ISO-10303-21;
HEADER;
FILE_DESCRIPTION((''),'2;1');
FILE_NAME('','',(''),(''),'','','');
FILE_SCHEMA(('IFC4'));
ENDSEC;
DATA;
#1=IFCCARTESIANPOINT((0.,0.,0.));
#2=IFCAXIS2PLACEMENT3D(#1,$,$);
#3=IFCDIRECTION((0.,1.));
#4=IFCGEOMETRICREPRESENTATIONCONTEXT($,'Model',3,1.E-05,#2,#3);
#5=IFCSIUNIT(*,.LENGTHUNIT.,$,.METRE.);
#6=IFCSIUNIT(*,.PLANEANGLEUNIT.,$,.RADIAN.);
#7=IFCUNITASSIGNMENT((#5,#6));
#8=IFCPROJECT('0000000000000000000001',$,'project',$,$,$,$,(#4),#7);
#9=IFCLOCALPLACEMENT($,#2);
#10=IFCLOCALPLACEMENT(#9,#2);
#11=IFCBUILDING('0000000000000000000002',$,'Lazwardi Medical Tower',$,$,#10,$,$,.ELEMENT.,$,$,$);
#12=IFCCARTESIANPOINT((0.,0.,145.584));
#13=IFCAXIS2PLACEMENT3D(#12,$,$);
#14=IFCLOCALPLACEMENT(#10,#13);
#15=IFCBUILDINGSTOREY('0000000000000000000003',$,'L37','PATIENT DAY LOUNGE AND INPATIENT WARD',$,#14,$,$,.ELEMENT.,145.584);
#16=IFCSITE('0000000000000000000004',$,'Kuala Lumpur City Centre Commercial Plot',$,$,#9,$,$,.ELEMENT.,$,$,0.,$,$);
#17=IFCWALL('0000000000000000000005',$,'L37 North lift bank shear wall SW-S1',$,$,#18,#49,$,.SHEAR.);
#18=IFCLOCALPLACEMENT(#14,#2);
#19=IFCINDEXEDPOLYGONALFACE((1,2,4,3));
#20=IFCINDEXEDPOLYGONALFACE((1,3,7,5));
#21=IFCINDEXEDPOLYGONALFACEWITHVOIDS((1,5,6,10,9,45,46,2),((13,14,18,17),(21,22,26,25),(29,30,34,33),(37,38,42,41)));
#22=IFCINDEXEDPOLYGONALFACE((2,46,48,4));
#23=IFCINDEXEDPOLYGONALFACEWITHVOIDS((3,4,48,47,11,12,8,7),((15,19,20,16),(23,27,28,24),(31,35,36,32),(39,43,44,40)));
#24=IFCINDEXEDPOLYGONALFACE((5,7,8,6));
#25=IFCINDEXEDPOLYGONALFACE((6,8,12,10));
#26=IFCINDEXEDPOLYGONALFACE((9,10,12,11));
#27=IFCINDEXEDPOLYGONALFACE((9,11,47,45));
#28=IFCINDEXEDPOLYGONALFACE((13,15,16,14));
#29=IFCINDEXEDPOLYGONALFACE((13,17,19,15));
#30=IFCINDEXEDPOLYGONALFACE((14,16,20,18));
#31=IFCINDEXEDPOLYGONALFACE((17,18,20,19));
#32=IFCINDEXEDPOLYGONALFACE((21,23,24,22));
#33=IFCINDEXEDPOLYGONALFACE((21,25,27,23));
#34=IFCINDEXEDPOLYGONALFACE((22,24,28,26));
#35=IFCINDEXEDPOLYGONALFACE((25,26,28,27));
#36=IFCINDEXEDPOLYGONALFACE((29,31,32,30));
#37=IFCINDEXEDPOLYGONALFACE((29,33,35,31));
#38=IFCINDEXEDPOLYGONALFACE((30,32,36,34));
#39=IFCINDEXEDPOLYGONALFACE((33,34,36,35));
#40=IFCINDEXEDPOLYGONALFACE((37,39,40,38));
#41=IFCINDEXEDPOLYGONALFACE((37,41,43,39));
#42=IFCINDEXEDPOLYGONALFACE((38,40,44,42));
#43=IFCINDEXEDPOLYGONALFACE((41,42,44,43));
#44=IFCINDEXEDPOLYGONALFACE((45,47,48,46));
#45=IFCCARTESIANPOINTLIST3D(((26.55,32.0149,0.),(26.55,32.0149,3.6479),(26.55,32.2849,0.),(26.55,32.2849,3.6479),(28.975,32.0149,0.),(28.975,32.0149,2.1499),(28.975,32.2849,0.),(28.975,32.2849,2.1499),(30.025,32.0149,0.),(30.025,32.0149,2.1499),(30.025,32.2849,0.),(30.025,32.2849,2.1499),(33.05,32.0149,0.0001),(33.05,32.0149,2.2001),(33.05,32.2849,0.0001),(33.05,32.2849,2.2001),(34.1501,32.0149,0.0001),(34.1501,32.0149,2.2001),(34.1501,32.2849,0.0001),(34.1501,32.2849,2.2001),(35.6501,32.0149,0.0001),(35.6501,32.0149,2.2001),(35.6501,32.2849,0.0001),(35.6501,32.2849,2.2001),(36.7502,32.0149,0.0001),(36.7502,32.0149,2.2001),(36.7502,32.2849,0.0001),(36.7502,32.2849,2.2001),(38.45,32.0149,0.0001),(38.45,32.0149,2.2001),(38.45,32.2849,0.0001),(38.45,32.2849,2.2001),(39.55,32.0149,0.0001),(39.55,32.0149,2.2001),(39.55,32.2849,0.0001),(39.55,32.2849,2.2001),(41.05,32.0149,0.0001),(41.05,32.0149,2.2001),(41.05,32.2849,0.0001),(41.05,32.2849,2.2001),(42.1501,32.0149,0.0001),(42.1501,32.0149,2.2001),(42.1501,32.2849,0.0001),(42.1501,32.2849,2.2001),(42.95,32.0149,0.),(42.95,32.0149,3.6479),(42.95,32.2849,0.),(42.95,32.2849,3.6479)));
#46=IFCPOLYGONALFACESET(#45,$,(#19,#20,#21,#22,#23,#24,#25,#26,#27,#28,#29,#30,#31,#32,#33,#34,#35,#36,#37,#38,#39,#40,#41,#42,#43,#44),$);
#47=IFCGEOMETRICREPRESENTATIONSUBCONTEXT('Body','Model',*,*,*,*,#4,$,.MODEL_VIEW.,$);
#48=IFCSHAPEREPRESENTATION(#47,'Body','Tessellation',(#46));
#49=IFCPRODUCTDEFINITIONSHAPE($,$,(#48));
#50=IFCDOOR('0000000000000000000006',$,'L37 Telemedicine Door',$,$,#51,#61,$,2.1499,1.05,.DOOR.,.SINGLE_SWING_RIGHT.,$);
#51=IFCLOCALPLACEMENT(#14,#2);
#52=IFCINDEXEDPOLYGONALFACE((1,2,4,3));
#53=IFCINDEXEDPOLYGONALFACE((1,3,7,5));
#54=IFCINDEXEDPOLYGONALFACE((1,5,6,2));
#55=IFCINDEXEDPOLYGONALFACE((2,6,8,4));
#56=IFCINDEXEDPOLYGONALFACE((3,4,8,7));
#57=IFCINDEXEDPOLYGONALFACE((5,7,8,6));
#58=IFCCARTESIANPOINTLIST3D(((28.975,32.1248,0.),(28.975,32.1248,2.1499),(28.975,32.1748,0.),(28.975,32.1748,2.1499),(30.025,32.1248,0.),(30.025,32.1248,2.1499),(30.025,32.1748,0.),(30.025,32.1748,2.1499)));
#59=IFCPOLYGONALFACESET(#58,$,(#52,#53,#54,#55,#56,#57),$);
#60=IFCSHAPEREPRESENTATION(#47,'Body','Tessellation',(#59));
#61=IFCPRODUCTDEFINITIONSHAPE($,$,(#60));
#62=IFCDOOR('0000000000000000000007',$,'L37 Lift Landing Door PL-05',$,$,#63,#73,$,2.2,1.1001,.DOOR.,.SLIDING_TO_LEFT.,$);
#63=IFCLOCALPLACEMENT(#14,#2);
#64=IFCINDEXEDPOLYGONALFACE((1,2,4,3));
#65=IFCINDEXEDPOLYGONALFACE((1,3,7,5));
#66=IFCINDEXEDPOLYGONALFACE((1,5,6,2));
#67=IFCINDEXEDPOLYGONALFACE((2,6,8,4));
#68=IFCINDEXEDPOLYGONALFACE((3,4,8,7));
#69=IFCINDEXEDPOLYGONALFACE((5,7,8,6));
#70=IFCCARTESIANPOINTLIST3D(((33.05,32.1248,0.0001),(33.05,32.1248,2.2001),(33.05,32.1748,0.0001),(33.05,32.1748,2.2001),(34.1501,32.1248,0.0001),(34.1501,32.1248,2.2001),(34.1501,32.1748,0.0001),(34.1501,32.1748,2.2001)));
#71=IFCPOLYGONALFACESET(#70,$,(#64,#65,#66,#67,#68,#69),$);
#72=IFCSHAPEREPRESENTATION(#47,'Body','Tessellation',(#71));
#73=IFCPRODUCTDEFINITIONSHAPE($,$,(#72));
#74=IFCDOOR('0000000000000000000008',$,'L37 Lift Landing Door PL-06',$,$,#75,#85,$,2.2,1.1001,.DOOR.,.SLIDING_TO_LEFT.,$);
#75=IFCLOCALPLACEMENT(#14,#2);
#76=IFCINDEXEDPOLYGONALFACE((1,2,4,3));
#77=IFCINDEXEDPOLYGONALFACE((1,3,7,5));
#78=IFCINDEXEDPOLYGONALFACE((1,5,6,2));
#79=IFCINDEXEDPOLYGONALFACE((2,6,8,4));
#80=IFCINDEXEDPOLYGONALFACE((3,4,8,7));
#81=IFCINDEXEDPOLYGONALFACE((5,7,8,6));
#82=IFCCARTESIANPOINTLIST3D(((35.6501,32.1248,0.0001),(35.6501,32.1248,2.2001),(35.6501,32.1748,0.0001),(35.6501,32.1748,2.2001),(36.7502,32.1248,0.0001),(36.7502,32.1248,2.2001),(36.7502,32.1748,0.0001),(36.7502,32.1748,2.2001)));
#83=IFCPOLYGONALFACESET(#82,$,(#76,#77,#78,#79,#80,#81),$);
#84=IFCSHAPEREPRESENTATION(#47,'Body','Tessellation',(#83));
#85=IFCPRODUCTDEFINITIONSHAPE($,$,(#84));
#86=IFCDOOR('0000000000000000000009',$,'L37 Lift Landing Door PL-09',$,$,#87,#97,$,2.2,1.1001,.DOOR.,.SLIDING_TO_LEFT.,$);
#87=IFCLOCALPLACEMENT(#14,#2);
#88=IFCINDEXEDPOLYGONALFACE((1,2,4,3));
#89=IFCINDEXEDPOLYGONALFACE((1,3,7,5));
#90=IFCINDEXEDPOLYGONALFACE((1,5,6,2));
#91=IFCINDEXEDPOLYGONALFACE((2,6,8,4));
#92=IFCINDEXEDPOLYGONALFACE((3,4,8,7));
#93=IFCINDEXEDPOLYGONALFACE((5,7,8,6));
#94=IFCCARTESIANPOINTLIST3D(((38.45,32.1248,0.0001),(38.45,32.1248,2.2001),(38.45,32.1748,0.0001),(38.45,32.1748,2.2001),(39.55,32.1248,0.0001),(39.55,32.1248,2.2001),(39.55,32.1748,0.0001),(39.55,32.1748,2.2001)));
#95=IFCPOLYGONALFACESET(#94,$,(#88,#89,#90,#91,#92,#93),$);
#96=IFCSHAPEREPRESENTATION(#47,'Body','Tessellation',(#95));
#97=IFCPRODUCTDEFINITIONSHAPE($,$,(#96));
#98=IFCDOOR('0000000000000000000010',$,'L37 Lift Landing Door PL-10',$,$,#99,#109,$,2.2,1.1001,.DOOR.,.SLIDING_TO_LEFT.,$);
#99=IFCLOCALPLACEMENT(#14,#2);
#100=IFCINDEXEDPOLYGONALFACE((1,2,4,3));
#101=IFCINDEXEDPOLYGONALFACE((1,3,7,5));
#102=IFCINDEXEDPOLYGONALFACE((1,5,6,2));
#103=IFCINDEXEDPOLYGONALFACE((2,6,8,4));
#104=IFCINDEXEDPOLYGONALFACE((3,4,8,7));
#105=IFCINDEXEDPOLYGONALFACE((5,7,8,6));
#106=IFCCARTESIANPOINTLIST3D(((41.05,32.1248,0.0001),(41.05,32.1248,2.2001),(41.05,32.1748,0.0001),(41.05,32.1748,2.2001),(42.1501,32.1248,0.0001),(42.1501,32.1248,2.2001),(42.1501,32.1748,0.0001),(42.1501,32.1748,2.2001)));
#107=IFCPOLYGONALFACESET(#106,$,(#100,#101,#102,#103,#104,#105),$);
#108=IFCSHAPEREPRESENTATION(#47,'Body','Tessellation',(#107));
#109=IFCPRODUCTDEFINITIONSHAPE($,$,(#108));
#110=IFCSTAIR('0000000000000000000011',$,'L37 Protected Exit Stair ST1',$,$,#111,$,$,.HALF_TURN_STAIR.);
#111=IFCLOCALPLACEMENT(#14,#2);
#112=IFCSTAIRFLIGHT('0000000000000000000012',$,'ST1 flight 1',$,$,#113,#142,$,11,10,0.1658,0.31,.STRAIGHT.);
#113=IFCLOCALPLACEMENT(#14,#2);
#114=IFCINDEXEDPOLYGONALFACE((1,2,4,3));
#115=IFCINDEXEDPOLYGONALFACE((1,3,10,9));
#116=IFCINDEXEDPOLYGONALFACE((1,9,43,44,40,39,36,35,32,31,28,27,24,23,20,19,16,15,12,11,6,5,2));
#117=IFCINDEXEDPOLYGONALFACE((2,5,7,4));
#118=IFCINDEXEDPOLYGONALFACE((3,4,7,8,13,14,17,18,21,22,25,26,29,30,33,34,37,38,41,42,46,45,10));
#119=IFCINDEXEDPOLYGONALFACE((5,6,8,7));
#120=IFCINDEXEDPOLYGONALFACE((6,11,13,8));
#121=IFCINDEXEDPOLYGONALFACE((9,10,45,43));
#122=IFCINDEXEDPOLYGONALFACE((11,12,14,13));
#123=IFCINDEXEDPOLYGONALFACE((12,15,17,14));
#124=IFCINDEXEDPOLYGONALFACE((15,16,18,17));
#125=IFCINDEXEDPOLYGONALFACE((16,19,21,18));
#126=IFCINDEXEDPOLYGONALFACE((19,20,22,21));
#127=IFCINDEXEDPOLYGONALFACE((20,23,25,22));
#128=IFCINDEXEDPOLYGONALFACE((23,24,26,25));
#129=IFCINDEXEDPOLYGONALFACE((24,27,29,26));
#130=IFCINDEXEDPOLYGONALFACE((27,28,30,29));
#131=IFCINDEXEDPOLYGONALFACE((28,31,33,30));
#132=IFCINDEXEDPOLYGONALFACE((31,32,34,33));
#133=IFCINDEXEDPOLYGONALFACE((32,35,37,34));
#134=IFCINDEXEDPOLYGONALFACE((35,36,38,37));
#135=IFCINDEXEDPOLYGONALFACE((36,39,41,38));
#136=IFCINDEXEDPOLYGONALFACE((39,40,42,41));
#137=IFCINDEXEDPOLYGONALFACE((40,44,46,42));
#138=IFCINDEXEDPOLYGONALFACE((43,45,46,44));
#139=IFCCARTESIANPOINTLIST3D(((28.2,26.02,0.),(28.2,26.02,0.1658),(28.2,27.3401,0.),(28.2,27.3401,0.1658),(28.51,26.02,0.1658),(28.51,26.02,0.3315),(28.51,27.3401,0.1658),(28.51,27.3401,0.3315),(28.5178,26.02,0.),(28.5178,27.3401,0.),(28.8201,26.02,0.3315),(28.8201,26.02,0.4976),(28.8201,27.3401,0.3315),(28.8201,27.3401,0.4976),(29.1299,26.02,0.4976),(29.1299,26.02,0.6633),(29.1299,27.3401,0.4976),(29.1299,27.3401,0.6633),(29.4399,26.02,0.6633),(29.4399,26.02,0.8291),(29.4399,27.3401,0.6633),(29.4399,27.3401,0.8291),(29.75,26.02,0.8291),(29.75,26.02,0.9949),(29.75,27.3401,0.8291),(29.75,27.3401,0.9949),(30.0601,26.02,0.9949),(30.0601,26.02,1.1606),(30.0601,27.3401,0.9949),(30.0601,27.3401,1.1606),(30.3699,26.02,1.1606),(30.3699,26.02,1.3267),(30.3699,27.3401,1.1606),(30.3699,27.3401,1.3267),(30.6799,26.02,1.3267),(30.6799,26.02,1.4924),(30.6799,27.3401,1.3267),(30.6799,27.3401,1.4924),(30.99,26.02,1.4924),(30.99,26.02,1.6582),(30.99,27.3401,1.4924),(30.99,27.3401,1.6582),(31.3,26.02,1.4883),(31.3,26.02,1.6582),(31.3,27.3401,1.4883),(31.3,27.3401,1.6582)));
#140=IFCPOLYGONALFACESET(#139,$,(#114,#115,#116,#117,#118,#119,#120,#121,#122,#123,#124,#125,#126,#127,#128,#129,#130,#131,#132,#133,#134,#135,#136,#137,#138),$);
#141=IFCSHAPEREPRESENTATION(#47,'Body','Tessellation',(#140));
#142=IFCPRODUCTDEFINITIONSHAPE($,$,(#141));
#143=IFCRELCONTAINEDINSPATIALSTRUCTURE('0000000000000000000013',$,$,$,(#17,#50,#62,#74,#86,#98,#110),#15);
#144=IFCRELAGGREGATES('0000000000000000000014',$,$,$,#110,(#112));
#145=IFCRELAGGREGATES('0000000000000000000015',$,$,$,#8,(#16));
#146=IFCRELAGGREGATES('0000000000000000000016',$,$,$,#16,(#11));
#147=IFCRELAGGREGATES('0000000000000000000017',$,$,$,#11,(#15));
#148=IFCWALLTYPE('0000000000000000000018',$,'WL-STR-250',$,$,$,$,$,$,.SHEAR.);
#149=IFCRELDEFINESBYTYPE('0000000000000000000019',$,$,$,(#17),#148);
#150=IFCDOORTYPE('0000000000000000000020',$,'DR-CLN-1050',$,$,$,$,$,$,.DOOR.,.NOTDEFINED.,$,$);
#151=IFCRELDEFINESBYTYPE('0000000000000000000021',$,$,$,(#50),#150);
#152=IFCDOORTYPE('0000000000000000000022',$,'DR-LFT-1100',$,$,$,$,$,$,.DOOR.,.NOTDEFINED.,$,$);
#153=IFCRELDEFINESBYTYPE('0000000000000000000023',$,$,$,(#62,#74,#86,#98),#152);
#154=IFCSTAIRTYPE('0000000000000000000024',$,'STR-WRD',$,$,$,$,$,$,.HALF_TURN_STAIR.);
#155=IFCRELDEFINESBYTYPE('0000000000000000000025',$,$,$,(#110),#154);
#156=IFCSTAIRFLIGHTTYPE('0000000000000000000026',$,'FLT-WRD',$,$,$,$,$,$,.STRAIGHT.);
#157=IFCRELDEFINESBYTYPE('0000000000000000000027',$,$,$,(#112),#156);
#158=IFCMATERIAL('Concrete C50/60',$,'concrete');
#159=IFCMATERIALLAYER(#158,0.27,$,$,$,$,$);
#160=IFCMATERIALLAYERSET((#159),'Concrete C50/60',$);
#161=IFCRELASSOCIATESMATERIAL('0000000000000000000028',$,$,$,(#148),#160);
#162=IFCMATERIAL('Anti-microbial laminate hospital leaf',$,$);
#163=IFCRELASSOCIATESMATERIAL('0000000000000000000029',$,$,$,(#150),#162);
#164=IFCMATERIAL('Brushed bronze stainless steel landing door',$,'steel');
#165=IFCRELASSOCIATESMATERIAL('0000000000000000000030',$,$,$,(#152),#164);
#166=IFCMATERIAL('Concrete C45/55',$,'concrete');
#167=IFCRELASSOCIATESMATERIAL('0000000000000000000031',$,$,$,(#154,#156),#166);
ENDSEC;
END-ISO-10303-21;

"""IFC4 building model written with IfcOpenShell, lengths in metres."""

from ifc_helpers import new_model, si_unit, direction, frame, frame_2d, origin, place, context, subcontext, project, spatial, polyline, rectangle, outline, extrude, material, layer, layer_set, type_object, element, fill, aggregate, save


model = new_model("IFC4")

# Units and contexts
model_context = context("Model", 3, precision=1e-05, world=origin(), true_north=direction((0.0, 1.0)))
body_context = subcontext(model_context, "Body", "Model", "MODEL_VIEW")
ifc_project = project(units=[si_unit("LENGTHUNIT", "METRE"), si_unit("PLANEANGLEUNIT", "RADIAN")], contexts=[model_context])

# Site, building, storey
site_placement = place(None, origin())
site = spatial("IfcSite", under=ifc_project, at=site_placement, Name="Kuala Lumpur City Centre Commercial Plot", CompositionType="ELEMENT", RefElevation=0.0)
building_placement = place(site_placement, origin())
building = spatial("IfcBuilding", under=site, at=building_placement, Name="Lazwardi Medical Tower", CompositionType="ELEMENT")
storey_placement = place(building_placement, frame((0.0, 0.0, 145.584)))
storey = spatial("IfcBuildingStorey", under=building, at=storey_placement, Name="L37", Description="PATIENT DAY LOUNGE AND INPATIENT WARD", CompositionType="ELEMENT", Elevation=145.584)

# Shared definitions
ifc_material_1 = material(Name="Anti-microbial laminate hospital leaf")

# Shared definitions
ifc_material_2 = material(Name="Concrete C50/60", Category="concrete")
ifc_layer_1 = layer(ifc_material_2, 0.27)
ifc_layer_set_1 = layer_set([ifc_layer_1], Name="Concrete C50/60")
wall_type_1 = type_object("IfcWallType", Name="WL-STR-250", PredefinedType="SHEAR", material=ifc_layer_set_1)

# Wall, openings, doors
wall_1_placement = place(storey_placement, frame((26.55, 32.1499, 0.0), z_axis=(0.0, 0.0, 1.0), x_axis=(1.0, 0.0, 0.0)))
wall_1 = element("IfcWall", 1, at=wall_1_placement, inside=storey, type_object=wall_type_1, Name="L37 North lift bank shear wall SW-S1", PredefinedType="SHEAR", context=body_context, shape_type="SweptSolid", body=[
    extrude(rectangle(XDim=16.3999, YDim=0.27, at=frame_2d((8.2, 0.0))), origin(), (0.0, 0.0, 1.0), 3.6479),
])
opening_1_placement = place(wall_1_placement, frame((2.425, 0.0, 0.0)))
opening_1 = element("IfcOpeningElement", 2, at=opening_1_placement, cuts=wall_1, PredefinedType="OPENING", context=body_context, shape_type="SweptSolid", body=[
    extrude(rectangle(XDim=1.05, YDim=2.1499, at=frame_2d((0.5249, 1.075))), frame((0.0, 0.145, 0.0), z_axis=(0.0, -1.0, 0.0), x_axis=(1.0, 0.0, 0.0)), (0.0, 0.0, 1.0), 0.29),
])
opening_2_placement = place(wall_1_placement, frame((6.5, 0.0, 0.0)))
opening_2 = element("IfcOpeningElement", 3, at=opening_2_placement, cuts=wall_1, PredefinedType="OPENING", context=body_context, shape_type="SweptSolid", body=[
    extrude(rectangle(XDim=1.1001, YDim=2.2, at=frame_2d((0.55, 1.1001))), frame((0.0, 0.145, 0.0), z_axis=(0.0, -1.0, 0.0), x_axis=(1.0, 0.0, 0.0)), (0.0, 0.0, 1.0), 0.29),
])
opening_3_placement = place(wall_1_placement, frame((9.1001, 0.0, 0.0)))
opening_3 = element("IfcOpeningElement", 4, at=opening_3_placement, cuts=wall_1, PredefinedType="OPENING", context=body_context, shape_type="SweptSolid", body=[
    extrude(rectangle(XDim=1.1001, YDim=2.2, at=frame_2d((0.55, 1.1001))), frame((0.0, 0.145, 0.0), z_axis=(0.0, -1.0, 0.0), x_axis=(1.0, 0.0, 0.0)), (0.0, 0.0, 1.0), 0.29),
])
opening_4_placement = place(wall_1_placement, frame((11.8999, 0.0, 0.0)))
opening_4 = element("IfcOpeningElement", 5, at=opening_4_placement, cuts=wall_1, PredefinedType="OPENING", context=body_context, shape_type="SweptSolid", body=[
    extrude(rectangle(XDim=1.1001, YDim=2.2, at=frame_2d((0.55, 1.1001))), frame((0.0, 0.145, 0.0), z_axis=(0.0, -1.0, 0.0), x_axis=(1.0, 0.0, 0.0)), (0.0, 0.0, 1.0), 0.29),
])
opening_5_placement = place(wall_1_placement, frame((14.5, 0.0, 0.0)))
opening_5 = element("IfcOpeningElement", 6, at=opening_5_placement, cuts=wall_1, PredefinedType="OPENING", context=body_context, shape_type="SweptSolid", body=[
    extrude(rectangle(XDim=1.1001, YDim=2.2, at=frame_2d((0.55, 1.1001))), frame((0.0, 0.145, 0.0), z_axis=(0.0, -1.0, 0.0), x_axis=(1.0, 0.0, 0.0)), (0.0, 0.0, 1.0), 0.29),
])
door_type_1 = type_object("IfcDoorType", Name="DR-CLN-1050", OperationType="NOTDEFINED", PredefinedType="DOOR", material=ifc_material_1)
door_1_placement = place(opening_1_placement, origin())
door_1 = element("IfcDoor", 7, at=door_1_placement, inside=storey, type_object=door_type_1, Name="L37 Telemedicine Door", OperationType="SINGLE_SWING_RIGHT", OverallHeight=2.1499, OverallWidth=1.05, PredefinedType="DOOR", context=body_context, shape_type="SweptSolid", body=[
    extrude(rectangle(XDim=1.05, YDim=2.1499, at=frame_2d((0.5249, 1.075))), frame((0.0, 0.0249, 0.0), z_axis=(0.0, -1.0, 0.0), x_axis=(1.0, 0.0, 0.0)), (0.0, 0.0, 1.0), 0.05),
])
fill(opening_1, door_1)
ifc_material_3 = material(Name="Brushed bronze stainless steel landing door", Category="steel")
door_type_2 = type_object("IfcDoorType", Name="DR-LFT-1100", OperationType="NOTDEFINED", PredefinedType="DOOR", material=ifc_material_3)
door_2_placement = place(opening_2_placement, origin())
door_2 = element("IfcDoor", 8, at=door_2_placement, inside=storey, type_object=door_type_2, Name="L37 Lift Landing Door PL-05", OperationType="SLIDING_TO_LEFT", OverallHeight=2.2, OverallWidth=1.1001, PredefinedType="DOOR", context=body_context, shape_type="SweptSolid", body=[
    extrude(rectangle(XDim=1.1001, YDim=2.2, at=frame_2d((0.55, 1.1001))), frame((0.0, 0.0249, 0.0), z_axis=(0.0, -1.0, 0.0), x_axis=(1.0, 0.0, 0.0)), (0.0, 0.0, 1.0), 0.05),
])
fill(opening_2, door_2)
door_3_placement = place(opening_3_placement, origin())
door_3 = element("IfcDoor", 9, at=door_3_placement, inside=storey, type_object=door_type_2, Name="L37 Lift Landing Door PL-06", OperationType="SLIDING_TO_LEFT", OverallHeight=2.2, OverallWidth=1.1001, PredefinedType="DOOR", context=body_context, shape_type="SweptSolid", body=[
    extrude(rectangle(XDim=1.1001, YDim=2.2, at=frame_2d((0.55, 1.1001))), frame((0.0, 0.0249, 0.0), z_axis=(0.0, -1.0, 0.0), x_axis=(1.0, 0.0, 0.0)), (0.0, 0.0, 1.0), 0.05),
])
fill(opening_3, door_3)
door_4_placement = place(opening_4_placement, origin())
door_4 = element("IfcDoor", 10, at=door_4_placement, inside=storey, type_object=door_type_2, Name="L37 Lift Landing Door PL-09", OperationType="SLIDING_TO_LEFT", OverallHeight=2.2, OverallWidth=1.1001, PredefinedType="DOOR", context=body_context, shape_type="SweptSolid", body=[
    extrude(rectangle(XDim=1.1001, YDim=2.2, at=frame_2d((0.55, 1.1001))), frame((0.0, 0.0249, 0.0), z_axis=(0.0, -1.0, 0.0), x_axis=(1.0, 0.0, 0.0)), (0.0, 0.0, 1.0), 0.05),
])
fill(opening_4, door_4)
door_5_placement = place(opening_5_placement, origin())
door_5 = element("IfcDoor", 11, at=door_5_placement, inside=storey, type_object=door_type_2, Name="L37 Lift Landing Door PL-10", OperationType="SLIDING_TO_LEFT", OverallHeight=2.2, OverallWidth=1.1001, PredefinedType="DOOR", context=body_context, shape_type="SweptSolid", body=[
    extrude(rectangle(XDim=1.1001, YDim=2.2, at=frame_2d((0.55, 1.1001))), frame((0.0, 0.0249, 0.0), z_axis=(0.0, -1.0, 0.0), x_axis=(1.0, 0.0, 0.0)), (0.0, 0.0, 1.0), 0.05),
])
fill(opening_5, door_5)

# Stair, stair flight
ifc_material_4 = material(Name="Concrete C45/55", Category="concrete")
stair_type = type_object("IfcStairType", Name="STR-WRD", PredefinedType="HALF_TURN_STAIR", material=ifc_material_4)
stair_placement = place(storey_placement, origin())
stair = element("IfcStair", 12, at=stair_placement, inside=storey, type_object=stair_type, Name="L37 Protected Exit Stair ST1", PredefinedType="HALF_TURN_STAIR")
stair_flight_type = type_object("IfcStairFlightType", Name="FLT-WRD", PredefinedType="STRAIGHT", material=ifc_material_4)
stair_flight_1_placement = place(storey_placement, frame((28.2, 26.6799, 0.0), z_axis=(0.0, 0.0, 1.0), x_axis=(1.0, 0.0, 0.0)))
stair_flight_1 = element("IfcStairFlight", 13, at=stair_flight_1_placement, type_object=stair_flight_type, Name="ST1 flight 1", NumberOfRisers=11, NumberOfTreads=10, PredefinedType="STRAIGHT", RiserHeight=0.1658, TreadLength=0.31, context=body_context, shape_type="SweptSolid", body=[
    extrude(outline(polyline([(0.0, 0.0), (0.0, 0.1658), (0.3101, 0.1658), (0.3101, 0.3315), (0.6201, 0.3315), (0.6201, 0.4976), (0.9299, 0.4976), (0.9299, 0.6633), (1.24, 0.6633), (1.24, 0.8291), (1.55, 0.8291), (1.55, 0.9949), (1.8601, 0.9949), (1.8601, 1.1606), (2.1699, 1.1606), (2.1699, 1.3267), (2.48, 1.3267), (2.48, 1.4924), (2.79, 1.4924), (2.79, 1.6582), (3.1001, 1.6582), (3.1001, 1.824), (3.1001, 1.4883), (0.3179, 0.0), (0.0, 0.0)])), frame((0.0, 0.6602, 0.0), z_axis=(0.0, -1.0, 0.0), x_axis=(1.0, 0.0, 0.0)), (0.0, 0.0, 1.0), 1.3201),
])
aggregate(stair, [stair_flight_1])

save(model, "model.ifc")
